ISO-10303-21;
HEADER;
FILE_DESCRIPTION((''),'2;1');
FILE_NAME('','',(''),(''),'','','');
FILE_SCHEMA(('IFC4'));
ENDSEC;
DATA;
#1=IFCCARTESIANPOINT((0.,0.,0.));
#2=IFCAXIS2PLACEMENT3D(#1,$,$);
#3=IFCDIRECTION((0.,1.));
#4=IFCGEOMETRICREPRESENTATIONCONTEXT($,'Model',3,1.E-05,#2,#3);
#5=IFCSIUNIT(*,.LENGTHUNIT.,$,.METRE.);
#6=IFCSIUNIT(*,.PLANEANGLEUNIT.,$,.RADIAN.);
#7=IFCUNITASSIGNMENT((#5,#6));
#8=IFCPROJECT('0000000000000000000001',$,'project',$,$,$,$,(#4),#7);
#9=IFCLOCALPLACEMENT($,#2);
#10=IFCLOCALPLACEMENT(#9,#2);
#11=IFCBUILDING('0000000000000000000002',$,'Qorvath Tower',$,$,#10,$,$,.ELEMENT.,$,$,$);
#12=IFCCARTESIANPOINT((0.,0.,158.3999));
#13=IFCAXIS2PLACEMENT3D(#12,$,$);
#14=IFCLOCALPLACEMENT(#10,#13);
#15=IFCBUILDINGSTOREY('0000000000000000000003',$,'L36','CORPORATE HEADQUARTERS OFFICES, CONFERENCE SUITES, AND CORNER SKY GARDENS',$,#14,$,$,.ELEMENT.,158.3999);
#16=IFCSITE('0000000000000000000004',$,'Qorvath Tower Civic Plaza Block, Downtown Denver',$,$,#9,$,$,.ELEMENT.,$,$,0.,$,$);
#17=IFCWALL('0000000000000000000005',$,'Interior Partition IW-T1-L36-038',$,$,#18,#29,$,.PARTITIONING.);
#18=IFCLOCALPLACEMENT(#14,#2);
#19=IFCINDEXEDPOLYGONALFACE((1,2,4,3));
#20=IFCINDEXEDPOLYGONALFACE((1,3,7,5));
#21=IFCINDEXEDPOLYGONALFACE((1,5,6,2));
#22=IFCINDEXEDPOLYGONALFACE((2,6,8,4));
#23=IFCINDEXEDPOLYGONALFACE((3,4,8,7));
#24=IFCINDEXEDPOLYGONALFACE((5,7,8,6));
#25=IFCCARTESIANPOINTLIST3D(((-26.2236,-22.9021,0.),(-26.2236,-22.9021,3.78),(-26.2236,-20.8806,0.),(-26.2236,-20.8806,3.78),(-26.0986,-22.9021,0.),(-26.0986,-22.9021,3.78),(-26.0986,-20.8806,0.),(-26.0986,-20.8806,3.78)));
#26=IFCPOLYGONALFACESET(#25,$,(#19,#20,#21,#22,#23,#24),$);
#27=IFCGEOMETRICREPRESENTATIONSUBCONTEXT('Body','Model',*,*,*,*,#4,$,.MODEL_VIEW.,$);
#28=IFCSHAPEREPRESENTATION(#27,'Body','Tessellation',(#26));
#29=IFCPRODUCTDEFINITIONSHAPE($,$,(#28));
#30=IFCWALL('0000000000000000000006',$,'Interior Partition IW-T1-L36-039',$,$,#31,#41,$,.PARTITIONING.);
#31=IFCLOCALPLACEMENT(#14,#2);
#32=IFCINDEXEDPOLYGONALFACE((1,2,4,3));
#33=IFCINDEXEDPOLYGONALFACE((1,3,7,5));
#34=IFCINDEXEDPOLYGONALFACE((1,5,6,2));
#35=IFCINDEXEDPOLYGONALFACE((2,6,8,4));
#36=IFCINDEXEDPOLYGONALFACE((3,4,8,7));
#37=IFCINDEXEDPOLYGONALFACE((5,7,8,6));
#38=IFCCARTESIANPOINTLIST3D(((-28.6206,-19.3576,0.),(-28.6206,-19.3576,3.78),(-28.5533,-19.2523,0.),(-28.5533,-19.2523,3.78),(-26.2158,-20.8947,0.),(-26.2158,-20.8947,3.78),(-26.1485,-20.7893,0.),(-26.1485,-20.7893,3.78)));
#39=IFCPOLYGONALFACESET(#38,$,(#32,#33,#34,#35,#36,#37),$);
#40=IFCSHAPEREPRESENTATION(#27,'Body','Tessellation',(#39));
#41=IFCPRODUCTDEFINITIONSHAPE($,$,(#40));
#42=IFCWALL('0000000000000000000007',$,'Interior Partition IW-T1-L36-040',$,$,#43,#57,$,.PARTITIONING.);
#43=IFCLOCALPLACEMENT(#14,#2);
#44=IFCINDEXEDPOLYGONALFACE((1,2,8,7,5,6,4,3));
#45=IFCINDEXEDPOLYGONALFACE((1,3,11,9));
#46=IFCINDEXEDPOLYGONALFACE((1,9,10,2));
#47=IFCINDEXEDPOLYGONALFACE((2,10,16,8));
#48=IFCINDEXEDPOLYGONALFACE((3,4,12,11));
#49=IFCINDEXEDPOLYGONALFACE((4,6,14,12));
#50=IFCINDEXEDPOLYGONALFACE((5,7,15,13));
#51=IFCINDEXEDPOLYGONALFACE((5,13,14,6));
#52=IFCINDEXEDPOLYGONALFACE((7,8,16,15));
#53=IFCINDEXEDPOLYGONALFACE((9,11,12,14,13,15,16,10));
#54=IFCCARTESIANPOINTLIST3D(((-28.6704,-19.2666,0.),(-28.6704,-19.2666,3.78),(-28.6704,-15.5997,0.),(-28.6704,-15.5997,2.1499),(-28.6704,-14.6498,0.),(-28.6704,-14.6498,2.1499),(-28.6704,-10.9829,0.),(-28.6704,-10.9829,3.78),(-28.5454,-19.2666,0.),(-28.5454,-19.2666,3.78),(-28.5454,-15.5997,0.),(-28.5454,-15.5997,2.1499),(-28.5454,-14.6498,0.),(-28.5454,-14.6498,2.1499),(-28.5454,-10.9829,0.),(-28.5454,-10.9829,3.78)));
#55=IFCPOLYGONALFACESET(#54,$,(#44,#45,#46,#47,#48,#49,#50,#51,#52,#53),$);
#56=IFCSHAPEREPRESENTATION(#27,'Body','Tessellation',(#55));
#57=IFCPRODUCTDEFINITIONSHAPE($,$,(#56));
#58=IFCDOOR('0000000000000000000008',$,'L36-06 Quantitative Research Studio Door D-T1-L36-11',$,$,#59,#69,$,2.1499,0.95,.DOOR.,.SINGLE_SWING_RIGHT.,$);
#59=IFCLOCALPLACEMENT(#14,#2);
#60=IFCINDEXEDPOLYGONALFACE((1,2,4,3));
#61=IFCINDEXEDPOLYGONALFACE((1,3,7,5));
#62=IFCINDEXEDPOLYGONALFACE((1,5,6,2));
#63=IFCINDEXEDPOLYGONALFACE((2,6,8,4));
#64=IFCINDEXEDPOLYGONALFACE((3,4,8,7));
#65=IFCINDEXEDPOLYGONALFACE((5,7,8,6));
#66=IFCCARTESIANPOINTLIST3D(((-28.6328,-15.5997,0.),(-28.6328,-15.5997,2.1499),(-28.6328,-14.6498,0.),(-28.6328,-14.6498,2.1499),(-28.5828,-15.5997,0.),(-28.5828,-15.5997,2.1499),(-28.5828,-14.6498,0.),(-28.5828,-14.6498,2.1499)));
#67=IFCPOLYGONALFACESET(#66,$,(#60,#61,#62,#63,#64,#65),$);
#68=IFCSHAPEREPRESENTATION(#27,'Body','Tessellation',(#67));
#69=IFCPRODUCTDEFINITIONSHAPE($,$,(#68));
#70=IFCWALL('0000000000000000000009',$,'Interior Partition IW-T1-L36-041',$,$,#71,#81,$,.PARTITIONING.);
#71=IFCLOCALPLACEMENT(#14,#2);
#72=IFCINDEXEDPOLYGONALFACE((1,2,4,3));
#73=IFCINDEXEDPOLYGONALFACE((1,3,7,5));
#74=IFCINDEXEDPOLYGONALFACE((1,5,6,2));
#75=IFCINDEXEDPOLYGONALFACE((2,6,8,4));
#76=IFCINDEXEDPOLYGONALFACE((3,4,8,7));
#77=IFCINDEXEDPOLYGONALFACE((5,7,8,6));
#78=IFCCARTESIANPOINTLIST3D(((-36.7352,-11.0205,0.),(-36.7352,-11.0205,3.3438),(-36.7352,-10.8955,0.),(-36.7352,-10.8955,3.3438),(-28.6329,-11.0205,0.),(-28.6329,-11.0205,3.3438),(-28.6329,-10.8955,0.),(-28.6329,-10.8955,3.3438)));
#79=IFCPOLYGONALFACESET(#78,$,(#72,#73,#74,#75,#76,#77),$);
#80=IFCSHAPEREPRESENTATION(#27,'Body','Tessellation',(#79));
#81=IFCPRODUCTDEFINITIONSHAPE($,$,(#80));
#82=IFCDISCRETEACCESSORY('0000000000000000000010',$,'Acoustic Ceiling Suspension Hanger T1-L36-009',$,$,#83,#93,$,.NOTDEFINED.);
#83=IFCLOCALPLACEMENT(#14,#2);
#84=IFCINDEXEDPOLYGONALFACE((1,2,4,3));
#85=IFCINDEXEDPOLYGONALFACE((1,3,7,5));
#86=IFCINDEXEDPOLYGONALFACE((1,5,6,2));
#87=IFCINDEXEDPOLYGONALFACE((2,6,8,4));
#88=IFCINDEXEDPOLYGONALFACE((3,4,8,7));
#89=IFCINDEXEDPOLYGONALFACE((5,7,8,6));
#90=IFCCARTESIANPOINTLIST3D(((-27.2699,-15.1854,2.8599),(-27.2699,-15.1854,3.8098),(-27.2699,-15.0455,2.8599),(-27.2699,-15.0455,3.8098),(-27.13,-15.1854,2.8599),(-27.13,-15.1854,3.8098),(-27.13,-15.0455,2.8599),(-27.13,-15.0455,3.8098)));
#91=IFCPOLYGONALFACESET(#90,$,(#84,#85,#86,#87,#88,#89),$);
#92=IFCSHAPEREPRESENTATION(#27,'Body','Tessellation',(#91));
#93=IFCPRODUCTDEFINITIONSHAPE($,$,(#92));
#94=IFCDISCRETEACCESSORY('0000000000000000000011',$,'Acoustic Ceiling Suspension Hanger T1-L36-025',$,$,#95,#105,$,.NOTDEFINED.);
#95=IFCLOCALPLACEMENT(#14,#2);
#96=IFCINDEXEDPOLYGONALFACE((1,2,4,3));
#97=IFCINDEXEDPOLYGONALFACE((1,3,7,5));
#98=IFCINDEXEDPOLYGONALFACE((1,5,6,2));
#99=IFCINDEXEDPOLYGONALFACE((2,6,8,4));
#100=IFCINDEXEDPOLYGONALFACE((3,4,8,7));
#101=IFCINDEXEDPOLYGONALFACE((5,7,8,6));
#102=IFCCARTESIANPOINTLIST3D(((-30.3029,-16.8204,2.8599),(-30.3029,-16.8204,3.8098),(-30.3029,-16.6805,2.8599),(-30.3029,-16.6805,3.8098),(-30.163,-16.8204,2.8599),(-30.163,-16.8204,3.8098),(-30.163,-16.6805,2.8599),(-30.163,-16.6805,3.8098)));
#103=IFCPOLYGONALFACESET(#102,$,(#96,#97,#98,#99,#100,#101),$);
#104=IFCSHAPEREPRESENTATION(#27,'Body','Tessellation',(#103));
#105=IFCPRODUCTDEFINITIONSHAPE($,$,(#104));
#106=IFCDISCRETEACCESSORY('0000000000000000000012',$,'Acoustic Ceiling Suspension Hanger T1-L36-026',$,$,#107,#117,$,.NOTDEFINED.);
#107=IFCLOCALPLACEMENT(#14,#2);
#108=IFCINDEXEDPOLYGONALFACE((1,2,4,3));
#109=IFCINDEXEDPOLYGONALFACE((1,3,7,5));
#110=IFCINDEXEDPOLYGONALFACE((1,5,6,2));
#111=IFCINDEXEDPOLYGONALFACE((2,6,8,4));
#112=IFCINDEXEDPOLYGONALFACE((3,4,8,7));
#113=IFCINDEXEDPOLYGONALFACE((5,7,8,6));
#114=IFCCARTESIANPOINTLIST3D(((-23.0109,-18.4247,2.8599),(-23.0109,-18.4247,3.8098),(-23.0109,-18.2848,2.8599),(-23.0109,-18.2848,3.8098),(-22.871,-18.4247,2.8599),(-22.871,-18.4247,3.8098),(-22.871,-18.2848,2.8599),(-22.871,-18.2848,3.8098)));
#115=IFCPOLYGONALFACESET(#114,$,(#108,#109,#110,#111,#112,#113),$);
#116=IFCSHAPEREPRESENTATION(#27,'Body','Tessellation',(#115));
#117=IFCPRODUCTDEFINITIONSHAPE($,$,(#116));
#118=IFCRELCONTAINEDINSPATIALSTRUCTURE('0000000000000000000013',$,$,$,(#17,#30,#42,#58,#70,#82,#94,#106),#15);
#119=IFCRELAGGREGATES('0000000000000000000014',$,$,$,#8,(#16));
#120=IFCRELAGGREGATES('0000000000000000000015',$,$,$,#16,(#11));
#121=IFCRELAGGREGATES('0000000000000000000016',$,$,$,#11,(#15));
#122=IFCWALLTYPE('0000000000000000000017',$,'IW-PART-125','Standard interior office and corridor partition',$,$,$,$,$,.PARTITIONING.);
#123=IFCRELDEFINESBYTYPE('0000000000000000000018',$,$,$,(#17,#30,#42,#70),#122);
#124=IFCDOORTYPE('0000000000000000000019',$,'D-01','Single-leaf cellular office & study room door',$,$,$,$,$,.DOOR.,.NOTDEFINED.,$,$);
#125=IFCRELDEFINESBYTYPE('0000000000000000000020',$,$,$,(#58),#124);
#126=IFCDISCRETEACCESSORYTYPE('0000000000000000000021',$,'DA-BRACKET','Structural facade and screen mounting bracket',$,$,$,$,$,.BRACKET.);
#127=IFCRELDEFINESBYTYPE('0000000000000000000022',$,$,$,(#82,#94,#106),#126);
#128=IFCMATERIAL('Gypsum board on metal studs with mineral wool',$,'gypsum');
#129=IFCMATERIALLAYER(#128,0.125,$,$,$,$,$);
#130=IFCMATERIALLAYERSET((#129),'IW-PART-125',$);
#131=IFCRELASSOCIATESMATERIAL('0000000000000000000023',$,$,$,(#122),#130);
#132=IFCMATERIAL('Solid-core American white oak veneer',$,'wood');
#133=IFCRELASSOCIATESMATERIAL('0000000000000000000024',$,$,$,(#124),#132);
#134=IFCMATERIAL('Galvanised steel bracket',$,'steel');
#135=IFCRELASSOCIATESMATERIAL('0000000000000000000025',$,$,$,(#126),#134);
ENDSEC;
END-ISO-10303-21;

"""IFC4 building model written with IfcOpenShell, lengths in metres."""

from ifc_helpers import new_model, si_unit, direction, frame, frame_2d, origin, origin_2d, place, context, subcontext, project, spatial, rectangle, extrude, material, layer, layer_set, type_object, element, fill, save


model = new_model("IFC4")

# Units and contexts
model_context = context("Model", 3, precision=1e-05, world=origin(), true_north=direction((0.0, 1.0)))
body_context = subcontext(model_context, "Body", "Model", "MODEL_VIEW")
ifc_project = project(units=[si_unit("LENGTHUNIT", "METRE"), si_unit("PLANEANGLEUNIT", "RADIAN")], contexts=[model_context])

# Site, building, storey
site_placement = place(None, origin())
site = spatial("IfcSite", under=ifc_project, at=site_placement, Name="Qorvath Tower Civic Plaza Block, Downtown Denver", CompositionType="ELEMENT", RefElevation=0.0)
building_placement = place(site_placement, origin())
building = spatial("IfcBuilding", under=site, at=building_placement, Name="Qorvath Tower", CompositionType="ELEMENT")
storey_placement = place(building_placement, frame((0.0, 0.0, 158.3999)))
storey = spatial("IfcBuildingStorey", under=building, at=storey_placement, Name="L36", Description="CORPORATE HEADQUARTERS OFFICES, CONFERENCE SUITES, AND CORNER SKY GARDENS", CompositionType="ELEMENT", Elevation=158.3999)

# Walls
ifc_material_1 = material(Name="Gypsum board on metal studs with mineral wool", Category="gypsum")
ifc_layer_1 = layer(ifc_material_1, 0.125)
ifc_layer_set_1 = layer_set([ifc_layer_1], Name="IW-PART-125")
wall_type_1 = type_object("IfcWallType", Name="IW-PART-125", Description="Standard interior office and corridor partition", PredefinedType="PARTITIONING", material=ifc_layer_set_1)
wall_1_placement = place(storey_placement, frame((-26.1611, -22.9021, 0.0), z_axis=(0.0, 0.0, 1.0), x_axis=(0.0, 1.0, 0.0)))
element("IfcWall", 1, at=wall_1_placement, inside=storey, type_object=wall_type_1, Name="Interior Partition IW-T1-L36-038", PredefinedType="PARTITIONING", context=body_context, shape_type="SweptSolid", body=[
    extrude(rectangle(XDim=2.0215, YDim=0.125, at=frame_2d((1.0107, 0.0))), origin(), (0.0, 0.0, 1.0), 3.78),
])
wall_2_placement = place(storey_placement, frame((-28.5869, -19.3049, 0.0), z_axis=(0.0, 0.0, 1.0), x_axis=(0.842582, -0.538568, 0.0)))
element("IfcWall", 2, at=wall_2_placement, inside=storey, type_object=wall_type_1, Name="Interior Partition IW-T1-L36-039", PredefinedType="PARTITIONING", context=body_context, shape_type="SweptSolid", body=[
    extrude(rectangle(XDim=2.854, YDim=0.125, at=frame_2d((1.427, 0.0))), origin(), (0.0, 0.0, 1.0), 3.78),
])

# Wall, opening, door
wall_3_placement = place(storey_placement, frame((-28.6079, -19.2666, 0.0), z_axis=(0.0, 0.0, 1.0), x_axis=(0.0, 1.0, 0.0)))
wall_3 = element("IfcWall", 3, at=wall_3_placement, inside=storey, type_object=wall_type_1, Name="Interior Partition IW-T1-L36-040", PredefinedType="PARTITIONING", context=body_context, shape_type="SweptSolid", body=[
    extrude(rectangle(XDim=8.2837, YDim=0.125, at=frame_2d((4.1418, 0.0))), origin(), (0.0, 0.0, 1.0), 3.78),
])
opening_placement = place(wall_3_placement, frame((3.6667, 0.0, 0.0)))
opening = element("IfcOpeningElement", 4, at=opening_placement, cuts=wall_3, PredefinedType="OPENING", context=body_context, shape_type="SweptSolid", body=[
    extrude(rectangle(XDim=0.95, YDim=2.1499, at=frame_2d((0.4751, 1.075))), frame((0.0, 0.0725, 0.0), z_axis=(0.0, -1.0, 0.0), x_axis=(1.0, 0.0, 0.0)), (0.0, 0.0, 1.0), 0.145),
])
ifc_material_2 = material(Name="Solid-core American white oak veneer", Category="wood")
door_type = type_object("IfcDoorType", Name="D-01", Description="Single-leaf cellular office & study room door", OperationType="NOTDEFINED", PredefinedType="DOOR", material=ifc_material_2)
door_placement = place(opening_placement, origin())
door = element("IfcDoor", 5, at=door_placement, inside=storey, type_object=door_type, Name="L36-06 Quantitative Research Studio Door D-T1-L36-11", OperationType="SINGLE_SWING_RIGHT", OverallHeight=2.1499, OverallWidth=0.95, PredefinedType="DOOR", context=body_context, shape_type="SweptSolid", body=[
    extrude(rectangle(XDim=0.95, YDim=2.1499, at=frame_2d((0.4751, 1.075))), frame((0.0, 0.0249, 0.0), z_axis=(0.0, -1.0, 0.0), x_axis=(1.0, 0.0, 0.0)), (0.0, 0.0, 1.0), 0.05),
])
fill(opening, door)

# Wall
wall_4_placement = place(storey_placement, frame((-28.6328, -10.958, 0.0), z_axis=(0.0, 0.0, 1.0), x_axis=(-1.0, 0.0, 0.0)))
element("IfcWall", 6, at=wall_4_placement, inside=storey, type_object=wall_type_1, Name="Interior Partition IW-T1-L36-041", PredefinedType="PARTITIONING", context=body_context, shape_type="SweptSolid", body=[
    extrude(rectangle(XDim=8.1023, YDim=0.125, at=frame_2d((4.0513, 0.0))), origin(), (0.0, 0.0, 1.0), 3.3438),
])

# Discrete accessories
ifc_material_3 = material(Name="Galvanised steel bracket", Category="steel")
discrete_accessory_type = type_object("IfcDiscreteAccessoryType", Name="DA-BRACKET", Description="Structural facade and screen mounting bracket", PredefinedType="BRACKET", material=ifc_material_3)
for number, where, z_axis, x_axis, name in (
    (7, (-27.2, -15.1155, 2.8599), (0.0, 0.0, 1.0), (1.0, 0.0, 0.0), "Acoustic Ceiling Suspension Hanger T1-L36-009"),
    (8, (-30.2329, -16.7505, 2.8599), (0.0, 0.0, 1.0), (1.0, 0.0, 0.0), "Acoustic Ceiling Suspension Hanger T1-L36-025"),
    (9, (-22.9409, -18.3547, 2.8599), (0.0, 0.0, 1.0), (1.0, 0.0, 0.0), "Acoustic Ceiling Suspension Hanger T1-L36-026"),
):
    element("IfcDiscreteAccessory", number, at=place(storey_placement, frame(where, z_axis=z_axis, x_axis=x_axis)), inside=storey, type_object=discrete_accessory_type, Name=name, PredefinedType="NOTDEFINED", context=body_context, shape_type="SweptSolid", body=[
        extrude(rectangle(XDim=0.1399, YDim=0.1399, at=origin_2d()), origin(), (0.0, 0.0, 1.0), 0.95),
    ])

save(model, "model.ifc")
